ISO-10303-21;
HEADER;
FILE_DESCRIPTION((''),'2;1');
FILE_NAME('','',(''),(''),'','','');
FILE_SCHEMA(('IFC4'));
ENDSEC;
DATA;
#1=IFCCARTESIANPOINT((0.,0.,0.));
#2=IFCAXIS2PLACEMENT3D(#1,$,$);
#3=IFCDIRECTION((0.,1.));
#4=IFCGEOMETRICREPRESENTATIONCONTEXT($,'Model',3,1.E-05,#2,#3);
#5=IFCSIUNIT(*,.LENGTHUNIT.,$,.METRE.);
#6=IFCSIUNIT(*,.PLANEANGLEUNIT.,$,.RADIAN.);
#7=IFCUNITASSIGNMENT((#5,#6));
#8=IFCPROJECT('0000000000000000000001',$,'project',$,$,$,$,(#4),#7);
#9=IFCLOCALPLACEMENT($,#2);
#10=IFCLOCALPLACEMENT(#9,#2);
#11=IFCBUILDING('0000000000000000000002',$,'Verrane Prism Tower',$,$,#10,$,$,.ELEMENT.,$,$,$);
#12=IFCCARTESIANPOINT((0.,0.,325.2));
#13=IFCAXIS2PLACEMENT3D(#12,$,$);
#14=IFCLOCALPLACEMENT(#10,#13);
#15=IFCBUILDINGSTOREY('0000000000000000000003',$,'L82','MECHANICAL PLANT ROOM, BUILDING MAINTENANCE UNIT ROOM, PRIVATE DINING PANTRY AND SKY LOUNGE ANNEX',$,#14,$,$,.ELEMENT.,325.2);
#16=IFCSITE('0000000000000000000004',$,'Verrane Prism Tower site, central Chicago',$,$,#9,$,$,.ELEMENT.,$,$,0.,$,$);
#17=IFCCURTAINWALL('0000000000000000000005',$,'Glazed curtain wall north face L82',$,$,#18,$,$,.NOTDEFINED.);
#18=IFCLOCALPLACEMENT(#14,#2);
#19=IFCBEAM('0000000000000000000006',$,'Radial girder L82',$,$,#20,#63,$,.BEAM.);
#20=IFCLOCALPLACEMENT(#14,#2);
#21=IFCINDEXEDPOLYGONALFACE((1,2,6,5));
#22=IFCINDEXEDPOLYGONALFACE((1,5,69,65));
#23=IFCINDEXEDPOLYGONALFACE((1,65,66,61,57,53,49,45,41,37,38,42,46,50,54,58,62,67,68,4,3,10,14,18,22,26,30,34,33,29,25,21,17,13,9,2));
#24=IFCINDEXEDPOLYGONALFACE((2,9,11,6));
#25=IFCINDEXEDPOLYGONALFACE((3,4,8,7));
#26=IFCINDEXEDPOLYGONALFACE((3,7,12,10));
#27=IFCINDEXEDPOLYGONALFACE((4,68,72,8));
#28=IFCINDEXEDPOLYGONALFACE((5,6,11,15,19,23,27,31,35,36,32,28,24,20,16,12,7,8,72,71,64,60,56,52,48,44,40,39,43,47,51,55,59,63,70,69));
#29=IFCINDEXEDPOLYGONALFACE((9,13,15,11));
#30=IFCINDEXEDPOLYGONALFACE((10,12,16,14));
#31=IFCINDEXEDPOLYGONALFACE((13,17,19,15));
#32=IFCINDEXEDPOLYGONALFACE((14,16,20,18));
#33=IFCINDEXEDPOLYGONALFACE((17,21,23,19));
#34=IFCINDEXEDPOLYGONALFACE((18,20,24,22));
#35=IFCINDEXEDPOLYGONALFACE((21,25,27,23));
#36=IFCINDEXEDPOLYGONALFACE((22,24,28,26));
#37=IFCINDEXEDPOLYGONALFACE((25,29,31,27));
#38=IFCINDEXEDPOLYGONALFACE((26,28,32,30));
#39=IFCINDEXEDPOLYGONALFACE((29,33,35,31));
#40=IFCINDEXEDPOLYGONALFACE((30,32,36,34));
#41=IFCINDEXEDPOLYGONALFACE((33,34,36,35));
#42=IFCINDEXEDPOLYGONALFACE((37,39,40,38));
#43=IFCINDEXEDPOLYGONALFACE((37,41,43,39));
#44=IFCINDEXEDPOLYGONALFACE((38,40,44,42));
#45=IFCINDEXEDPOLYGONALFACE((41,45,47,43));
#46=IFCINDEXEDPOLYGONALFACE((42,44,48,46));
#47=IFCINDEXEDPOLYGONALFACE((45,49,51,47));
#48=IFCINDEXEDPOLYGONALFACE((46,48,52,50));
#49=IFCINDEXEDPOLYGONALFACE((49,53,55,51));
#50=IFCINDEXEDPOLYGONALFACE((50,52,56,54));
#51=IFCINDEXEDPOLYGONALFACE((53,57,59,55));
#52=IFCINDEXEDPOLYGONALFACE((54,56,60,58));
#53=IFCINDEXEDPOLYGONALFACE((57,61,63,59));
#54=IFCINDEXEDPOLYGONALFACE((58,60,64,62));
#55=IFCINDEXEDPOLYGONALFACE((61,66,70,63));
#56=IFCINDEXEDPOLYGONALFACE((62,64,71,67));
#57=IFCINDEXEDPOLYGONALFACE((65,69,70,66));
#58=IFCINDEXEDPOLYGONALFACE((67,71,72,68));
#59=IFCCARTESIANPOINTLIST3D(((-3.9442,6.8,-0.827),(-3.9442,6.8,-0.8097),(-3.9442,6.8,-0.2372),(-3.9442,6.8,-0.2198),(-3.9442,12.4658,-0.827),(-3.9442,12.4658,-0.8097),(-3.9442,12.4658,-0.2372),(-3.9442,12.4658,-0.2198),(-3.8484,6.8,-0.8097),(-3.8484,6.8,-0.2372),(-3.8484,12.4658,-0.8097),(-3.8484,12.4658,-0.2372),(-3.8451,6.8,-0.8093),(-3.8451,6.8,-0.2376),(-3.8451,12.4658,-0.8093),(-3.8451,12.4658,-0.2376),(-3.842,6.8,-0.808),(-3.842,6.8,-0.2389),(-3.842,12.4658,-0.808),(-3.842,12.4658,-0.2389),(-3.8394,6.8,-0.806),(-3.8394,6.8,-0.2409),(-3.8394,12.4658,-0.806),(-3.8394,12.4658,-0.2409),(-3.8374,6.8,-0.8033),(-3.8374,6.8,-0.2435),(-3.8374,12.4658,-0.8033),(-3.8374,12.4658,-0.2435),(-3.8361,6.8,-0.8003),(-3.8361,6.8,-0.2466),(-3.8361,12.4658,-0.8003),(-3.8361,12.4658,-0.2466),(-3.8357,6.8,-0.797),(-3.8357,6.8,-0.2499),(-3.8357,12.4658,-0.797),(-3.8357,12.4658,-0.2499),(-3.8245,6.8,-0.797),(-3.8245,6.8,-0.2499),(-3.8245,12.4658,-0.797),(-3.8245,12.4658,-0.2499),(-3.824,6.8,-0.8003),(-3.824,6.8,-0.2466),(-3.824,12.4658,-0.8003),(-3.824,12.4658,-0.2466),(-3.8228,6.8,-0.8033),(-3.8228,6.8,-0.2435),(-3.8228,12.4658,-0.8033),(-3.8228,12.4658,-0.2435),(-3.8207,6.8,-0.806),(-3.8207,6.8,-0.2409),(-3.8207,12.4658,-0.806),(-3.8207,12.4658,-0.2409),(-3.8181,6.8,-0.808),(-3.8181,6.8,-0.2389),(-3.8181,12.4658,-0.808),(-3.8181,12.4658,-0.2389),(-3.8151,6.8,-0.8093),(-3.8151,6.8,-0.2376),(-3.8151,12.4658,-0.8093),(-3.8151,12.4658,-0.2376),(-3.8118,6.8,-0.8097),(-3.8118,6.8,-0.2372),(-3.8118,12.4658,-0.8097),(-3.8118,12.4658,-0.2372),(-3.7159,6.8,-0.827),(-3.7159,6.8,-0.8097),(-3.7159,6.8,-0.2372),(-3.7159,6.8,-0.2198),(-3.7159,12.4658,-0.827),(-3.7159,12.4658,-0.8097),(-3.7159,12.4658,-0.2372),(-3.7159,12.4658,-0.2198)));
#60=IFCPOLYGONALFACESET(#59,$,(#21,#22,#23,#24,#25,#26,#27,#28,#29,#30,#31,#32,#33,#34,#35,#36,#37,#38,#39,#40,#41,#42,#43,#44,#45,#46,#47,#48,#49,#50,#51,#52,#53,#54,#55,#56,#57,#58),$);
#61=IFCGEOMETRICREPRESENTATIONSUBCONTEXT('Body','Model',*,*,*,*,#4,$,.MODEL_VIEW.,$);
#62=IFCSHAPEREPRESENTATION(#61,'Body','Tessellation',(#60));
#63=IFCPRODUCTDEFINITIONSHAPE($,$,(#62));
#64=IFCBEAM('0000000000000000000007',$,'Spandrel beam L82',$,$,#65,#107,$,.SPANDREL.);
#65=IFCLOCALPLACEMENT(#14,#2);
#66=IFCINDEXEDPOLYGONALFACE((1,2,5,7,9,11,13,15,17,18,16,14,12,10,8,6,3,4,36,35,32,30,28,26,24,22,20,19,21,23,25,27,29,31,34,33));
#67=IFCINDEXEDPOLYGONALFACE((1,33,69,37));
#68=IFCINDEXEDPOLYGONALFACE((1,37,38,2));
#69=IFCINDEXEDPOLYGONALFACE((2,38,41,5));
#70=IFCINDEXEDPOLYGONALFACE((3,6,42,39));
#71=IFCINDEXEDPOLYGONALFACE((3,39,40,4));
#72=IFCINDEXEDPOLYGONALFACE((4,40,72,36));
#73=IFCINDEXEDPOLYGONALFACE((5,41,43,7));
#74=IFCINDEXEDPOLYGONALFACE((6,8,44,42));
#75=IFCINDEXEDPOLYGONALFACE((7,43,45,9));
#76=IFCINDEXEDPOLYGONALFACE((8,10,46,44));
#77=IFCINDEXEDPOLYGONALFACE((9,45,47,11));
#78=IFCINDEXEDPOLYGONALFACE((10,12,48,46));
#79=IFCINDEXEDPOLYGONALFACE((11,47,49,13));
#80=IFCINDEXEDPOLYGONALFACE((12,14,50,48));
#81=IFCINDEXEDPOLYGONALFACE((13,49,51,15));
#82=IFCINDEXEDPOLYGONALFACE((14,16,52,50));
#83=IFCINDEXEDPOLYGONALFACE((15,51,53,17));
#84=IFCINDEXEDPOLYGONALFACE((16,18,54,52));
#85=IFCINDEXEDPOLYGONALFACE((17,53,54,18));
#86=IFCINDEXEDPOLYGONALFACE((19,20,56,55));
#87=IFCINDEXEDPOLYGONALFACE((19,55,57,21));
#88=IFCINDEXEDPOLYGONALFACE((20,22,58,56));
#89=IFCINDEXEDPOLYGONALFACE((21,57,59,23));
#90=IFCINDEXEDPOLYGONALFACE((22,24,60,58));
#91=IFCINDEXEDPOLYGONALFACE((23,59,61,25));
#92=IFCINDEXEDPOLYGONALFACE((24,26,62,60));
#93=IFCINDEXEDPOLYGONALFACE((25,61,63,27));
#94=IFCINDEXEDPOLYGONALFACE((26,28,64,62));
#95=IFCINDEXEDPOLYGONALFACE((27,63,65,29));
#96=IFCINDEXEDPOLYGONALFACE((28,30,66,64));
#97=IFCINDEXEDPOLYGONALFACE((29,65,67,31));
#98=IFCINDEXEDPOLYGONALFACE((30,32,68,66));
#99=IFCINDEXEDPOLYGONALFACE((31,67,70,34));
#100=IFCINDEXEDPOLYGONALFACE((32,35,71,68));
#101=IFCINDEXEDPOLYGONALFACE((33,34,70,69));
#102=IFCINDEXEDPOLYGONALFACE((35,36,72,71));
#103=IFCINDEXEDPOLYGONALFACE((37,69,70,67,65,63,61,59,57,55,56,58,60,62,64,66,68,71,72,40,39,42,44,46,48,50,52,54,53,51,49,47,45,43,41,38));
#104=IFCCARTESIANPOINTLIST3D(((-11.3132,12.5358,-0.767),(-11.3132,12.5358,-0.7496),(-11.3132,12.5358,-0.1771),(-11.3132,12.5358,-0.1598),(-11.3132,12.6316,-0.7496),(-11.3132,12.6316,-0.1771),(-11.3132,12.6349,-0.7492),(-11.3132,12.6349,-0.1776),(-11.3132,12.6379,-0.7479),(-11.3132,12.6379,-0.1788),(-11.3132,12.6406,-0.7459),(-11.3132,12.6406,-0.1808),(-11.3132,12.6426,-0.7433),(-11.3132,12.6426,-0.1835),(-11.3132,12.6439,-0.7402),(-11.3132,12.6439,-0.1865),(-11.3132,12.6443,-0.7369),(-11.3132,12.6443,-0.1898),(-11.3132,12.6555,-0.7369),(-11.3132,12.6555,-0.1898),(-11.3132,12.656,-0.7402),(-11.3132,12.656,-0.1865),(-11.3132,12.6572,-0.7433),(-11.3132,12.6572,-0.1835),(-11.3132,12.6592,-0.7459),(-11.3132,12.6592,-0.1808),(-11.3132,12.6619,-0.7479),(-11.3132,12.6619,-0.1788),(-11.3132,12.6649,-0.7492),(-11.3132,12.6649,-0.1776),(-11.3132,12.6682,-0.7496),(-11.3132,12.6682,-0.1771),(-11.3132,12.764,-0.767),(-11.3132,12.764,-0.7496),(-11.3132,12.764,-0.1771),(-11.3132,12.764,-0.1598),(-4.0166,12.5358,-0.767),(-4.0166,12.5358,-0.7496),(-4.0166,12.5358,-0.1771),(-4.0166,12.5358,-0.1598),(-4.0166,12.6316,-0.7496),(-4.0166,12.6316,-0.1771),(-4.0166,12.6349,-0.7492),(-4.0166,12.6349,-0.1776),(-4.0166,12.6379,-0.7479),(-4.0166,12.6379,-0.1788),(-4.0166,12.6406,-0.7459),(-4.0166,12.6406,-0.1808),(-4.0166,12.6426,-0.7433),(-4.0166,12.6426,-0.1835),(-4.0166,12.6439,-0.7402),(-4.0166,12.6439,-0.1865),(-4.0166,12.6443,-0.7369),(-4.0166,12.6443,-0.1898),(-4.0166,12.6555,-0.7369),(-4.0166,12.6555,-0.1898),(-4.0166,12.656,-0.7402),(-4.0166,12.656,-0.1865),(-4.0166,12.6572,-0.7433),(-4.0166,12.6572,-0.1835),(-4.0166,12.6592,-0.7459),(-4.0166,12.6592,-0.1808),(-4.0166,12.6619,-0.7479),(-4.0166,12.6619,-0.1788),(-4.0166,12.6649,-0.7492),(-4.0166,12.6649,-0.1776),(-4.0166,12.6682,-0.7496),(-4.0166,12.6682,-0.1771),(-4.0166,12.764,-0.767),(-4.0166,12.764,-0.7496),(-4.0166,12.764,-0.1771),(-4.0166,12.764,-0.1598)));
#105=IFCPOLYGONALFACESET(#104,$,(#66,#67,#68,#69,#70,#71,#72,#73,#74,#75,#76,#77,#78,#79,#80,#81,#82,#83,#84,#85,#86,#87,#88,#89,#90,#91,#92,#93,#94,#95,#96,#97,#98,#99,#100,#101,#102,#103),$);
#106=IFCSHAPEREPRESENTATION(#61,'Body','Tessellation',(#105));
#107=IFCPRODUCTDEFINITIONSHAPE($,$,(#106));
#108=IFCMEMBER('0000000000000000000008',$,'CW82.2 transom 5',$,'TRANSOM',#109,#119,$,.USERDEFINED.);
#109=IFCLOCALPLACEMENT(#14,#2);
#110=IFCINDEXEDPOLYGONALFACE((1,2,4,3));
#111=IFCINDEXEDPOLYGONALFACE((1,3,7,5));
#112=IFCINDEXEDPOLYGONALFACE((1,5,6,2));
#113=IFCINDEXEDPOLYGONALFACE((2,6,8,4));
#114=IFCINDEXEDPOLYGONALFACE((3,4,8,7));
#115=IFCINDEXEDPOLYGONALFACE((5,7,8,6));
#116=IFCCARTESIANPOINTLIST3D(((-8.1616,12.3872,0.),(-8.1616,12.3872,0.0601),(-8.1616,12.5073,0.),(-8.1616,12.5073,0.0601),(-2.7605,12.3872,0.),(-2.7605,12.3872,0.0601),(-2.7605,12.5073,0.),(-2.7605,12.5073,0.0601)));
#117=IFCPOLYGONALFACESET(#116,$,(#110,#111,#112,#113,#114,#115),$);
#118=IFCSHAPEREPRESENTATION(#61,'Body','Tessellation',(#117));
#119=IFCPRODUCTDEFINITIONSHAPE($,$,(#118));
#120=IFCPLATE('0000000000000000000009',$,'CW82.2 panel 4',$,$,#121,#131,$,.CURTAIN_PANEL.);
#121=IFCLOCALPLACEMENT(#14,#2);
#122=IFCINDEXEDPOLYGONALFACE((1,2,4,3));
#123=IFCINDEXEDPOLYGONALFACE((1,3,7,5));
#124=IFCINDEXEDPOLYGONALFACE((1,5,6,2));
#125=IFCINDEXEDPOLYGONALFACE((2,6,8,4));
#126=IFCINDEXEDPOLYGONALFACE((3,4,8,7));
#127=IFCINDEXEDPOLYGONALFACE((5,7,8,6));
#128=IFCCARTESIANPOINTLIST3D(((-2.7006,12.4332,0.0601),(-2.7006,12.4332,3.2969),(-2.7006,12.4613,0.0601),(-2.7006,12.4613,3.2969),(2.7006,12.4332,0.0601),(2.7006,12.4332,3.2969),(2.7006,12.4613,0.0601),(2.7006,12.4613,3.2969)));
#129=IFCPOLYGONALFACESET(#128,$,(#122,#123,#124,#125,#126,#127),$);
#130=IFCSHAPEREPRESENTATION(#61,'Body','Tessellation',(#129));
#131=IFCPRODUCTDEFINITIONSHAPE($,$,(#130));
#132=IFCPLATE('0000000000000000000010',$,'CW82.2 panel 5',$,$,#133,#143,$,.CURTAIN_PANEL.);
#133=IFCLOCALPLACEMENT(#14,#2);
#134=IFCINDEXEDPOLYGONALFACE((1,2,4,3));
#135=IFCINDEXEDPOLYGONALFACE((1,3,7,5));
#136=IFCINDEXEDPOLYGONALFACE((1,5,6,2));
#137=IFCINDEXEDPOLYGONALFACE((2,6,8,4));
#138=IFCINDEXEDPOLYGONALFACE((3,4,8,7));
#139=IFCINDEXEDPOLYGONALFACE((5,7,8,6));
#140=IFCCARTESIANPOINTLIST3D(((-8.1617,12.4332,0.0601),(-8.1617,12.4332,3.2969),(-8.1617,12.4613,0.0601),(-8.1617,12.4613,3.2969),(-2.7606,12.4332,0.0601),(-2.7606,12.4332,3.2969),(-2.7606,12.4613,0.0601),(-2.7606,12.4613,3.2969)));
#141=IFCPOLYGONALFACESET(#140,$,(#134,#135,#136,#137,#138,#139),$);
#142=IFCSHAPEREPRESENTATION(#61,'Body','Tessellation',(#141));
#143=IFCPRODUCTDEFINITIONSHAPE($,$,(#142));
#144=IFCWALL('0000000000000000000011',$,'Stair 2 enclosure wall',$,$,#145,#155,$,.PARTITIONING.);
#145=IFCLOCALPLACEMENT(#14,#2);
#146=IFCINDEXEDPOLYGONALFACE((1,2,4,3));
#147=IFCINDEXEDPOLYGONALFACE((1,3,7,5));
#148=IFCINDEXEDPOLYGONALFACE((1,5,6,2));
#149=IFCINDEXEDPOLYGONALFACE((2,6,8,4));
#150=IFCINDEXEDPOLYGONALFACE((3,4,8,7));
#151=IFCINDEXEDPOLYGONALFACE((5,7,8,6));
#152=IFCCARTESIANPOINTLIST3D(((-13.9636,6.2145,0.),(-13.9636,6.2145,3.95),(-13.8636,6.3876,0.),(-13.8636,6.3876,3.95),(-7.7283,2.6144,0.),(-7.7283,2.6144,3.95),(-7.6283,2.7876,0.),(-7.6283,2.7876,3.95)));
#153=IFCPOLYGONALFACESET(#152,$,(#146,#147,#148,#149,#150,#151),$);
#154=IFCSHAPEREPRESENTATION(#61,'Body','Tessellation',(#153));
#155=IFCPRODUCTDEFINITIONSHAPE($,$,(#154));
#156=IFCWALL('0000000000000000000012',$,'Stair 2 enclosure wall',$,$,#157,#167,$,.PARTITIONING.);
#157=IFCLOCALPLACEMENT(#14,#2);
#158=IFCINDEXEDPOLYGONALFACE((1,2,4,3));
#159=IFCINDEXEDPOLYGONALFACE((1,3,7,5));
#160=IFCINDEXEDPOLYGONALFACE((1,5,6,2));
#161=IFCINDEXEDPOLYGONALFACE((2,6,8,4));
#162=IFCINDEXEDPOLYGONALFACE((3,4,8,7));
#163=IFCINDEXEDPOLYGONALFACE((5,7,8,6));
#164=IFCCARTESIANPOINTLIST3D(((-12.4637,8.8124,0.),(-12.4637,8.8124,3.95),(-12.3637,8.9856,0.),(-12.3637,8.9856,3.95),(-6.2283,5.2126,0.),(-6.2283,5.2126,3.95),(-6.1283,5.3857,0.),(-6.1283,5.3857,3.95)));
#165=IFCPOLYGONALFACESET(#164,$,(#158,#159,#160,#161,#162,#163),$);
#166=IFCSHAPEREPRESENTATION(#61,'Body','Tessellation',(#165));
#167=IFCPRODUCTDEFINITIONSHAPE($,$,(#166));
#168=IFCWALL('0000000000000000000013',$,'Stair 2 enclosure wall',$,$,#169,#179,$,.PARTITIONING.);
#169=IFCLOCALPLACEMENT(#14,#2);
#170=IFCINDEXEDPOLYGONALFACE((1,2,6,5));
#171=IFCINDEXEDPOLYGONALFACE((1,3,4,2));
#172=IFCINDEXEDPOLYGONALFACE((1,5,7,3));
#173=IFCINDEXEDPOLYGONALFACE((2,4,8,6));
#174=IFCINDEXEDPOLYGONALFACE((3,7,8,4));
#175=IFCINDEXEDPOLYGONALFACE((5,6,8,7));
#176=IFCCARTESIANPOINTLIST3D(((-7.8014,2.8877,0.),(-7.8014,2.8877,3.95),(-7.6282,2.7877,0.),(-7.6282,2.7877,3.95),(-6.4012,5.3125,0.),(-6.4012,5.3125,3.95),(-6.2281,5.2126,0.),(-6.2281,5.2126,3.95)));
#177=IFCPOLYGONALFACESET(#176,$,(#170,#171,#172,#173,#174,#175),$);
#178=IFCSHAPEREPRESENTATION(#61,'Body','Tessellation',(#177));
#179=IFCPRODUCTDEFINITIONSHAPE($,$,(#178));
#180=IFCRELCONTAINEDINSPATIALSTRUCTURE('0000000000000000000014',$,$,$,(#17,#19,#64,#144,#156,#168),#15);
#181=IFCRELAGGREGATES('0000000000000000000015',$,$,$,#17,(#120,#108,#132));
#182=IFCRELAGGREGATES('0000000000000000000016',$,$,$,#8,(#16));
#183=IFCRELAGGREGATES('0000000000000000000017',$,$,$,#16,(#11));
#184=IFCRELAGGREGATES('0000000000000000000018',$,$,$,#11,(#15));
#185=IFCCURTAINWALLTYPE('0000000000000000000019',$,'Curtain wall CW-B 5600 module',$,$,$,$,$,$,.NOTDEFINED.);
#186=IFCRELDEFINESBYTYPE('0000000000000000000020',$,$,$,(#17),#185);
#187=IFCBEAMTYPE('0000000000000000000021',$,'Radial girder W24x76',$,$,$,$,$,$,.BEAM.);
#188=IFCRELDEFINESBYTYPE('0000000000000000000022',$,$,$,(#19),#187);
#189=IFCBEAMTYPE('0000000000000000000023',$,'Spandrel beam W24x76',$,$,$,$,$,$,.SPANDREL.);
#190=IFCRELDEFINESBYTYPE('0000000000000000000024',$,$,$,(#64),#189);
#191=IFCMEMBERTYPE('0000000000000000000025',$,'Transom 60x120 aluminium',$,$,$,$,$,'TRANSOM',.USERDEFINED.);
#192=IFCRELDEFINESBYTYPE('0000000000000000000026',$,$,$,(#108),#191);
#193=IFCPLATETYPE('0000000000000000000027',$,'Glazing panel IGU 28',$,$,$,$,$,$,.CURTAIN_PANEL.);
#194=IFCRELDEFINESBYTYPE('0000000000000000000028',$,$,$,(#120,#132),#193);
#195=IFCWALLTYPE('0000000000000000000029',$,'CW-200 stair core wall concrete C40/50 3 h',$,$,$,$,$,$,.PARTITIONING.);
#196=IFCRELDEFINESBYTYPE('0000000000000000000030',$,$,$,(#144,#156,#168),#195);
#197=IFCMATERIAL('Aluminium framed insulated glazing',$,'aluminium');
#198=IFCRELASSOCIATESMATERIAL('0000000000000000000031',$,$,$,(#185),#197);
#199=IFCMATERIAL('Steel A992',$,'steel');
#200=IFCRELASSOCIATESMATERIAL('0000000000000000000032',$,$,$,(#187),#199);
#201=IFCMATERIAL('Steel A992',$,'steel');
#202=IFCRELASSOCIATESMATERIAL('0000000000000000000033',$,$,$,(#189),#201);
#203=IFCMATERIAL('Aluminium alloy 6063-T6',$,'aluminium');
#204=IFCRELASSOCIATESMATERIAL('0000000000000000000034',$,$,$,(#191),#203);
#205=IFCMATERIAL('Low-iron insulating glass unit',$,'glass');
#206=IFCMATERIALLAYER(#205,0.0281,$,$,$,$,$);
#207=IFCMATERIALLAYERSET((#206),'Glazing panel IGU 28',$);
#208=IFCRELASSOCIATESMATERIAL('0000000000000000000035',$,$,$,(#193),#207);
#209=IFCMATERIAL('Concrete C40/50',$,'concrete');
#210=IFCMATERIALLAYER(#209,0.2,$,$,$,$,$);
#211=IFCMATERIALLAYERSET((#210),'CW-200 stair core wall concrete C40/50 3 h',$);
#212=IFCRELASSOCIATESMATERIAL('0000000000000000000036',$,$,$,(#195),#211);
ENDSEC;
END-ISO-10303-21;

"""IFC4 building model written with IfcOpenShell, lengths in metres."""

from ifc_helpers import new_model, si_unit, direction, frame, frame_2d, origin, origin_2d, place, context, subcontext, project, spatial, rectangle, i_section, extrude, material, layer, layer_set, material_profile, profile_set, type_object, element, aggregate, save


model = new_model("IFC4")

# Units and contexts
model_context = context("Model", 3, precision=1e-05, world=origin(), true_north=direction((0.0, 1.0)))
body_context = subcontext(model_context, "Body", "Model", "MODEL_VIEW")
ifc_project = project(units=[si_unit("LENGTHUNIT", "METRE"), si_unit("PLANEANGLEUNIT", "RADIAN")], contexts=[model_context])

# Site, building, storey
site_placement = place(None, origin())
site = spatial("IfcSite", under=ifc_project, at=site_placement, Name="Verrane Prism Tower site, central Chicago", CompositionType="ELEMENT", RefElevation=0.0)
building_placement = place(site_placement, origin())
building = spatial("IfcBuilding", under=site, at=building_placement, Name="Verrane Prism Tower", CompositionType="ELEMENT")
storey_placement = place(building_placement, frame((0.0, 0.0, 325.2)))
storey = spatial("IfcBuildingStorey", under=building, at=storey_placement, Name="L82", Description="MECHANICAL PLANT ROOM, BUILDING MAINTENANCE UNIT ROOM, PRIVATE DINING PANTRY AND SKY LOUNGE ANNEX", CompositionType="ELEMENT", Elevation=325.2)

# Curtain wall
ifc_material_1 = material(Name="Aluminium framed insulated glazing", Category="aluminium")
curtain_wall_type = type_object("IfcCurtainWallType", Name="Curtain wall CW-B 5600 module", PredefinedType="NOTDEFINED", material=ifc_material_1)
curtain_wall_placement = place(storey_placement, origin())
curtain_wall = element("IfcCurtainWall", 1, at=curtain_wall_placement, inside=storey, type_object=curtain_wall_type, Name="Glazed curtain wall north face L82", PredefinedType="NOTDEFINED")

# Beams
ifc_material_2 = material(Name="Steel A992", Category="steel")
ifc_material_profile_1 = material_profile(ifc_material_2, i_section(OverallWidth=0.2283, OverallDepth=0.6072, WebThickness=0.0112, FlangeThickness=0.0173, FilletRadius=0.0127, at=origin_2d()), Name="W24x76")
ifc_profile_set_1 = profile_set([ifc_material_profile_1], Name="Steel A992")
beam_type_1 = type_object("IfcBeamType", Name="Radial girder W24x76", PredefinedType="BEAM", material=ifc_profile_set_1)
beam_1_placement = place(storey_placement, frame((-3.8301, 12.4658, -0.5234), z_axis=(0.0, -1.0, 0.0), x_axis=(1.0, 0.0, 0.0)))
element("IfcBeam", 2, at=beam_1_placement, inside=storey, type_object=beam_type_1, Name="Radial girder L82", PredefinedType="BEAM", context=body_context, shape_type="SweptSolid", body=[
    extrude(i_section(OverallWidth=0.2283, OverallDepth=0.6072, WebThickness=0.0112, FlangeThickness=0.0173, FilletRadius=0.0127, at=origin_2d()), origin(), (0.0, 0.0, 1.0), 5.6658),
])
ifc_material_3 = material(Name="Steel A992", Category="steel")
ifc_material_profile_2 = material_profile(ifc_material_3, i_section(OverallWidth=0.2283, OverallDepth=0.6072, WebThickness=0.0112, FlangeThickness=0.0173, FilletRadius=0.0127, at=origin_2d()), Name="W24x76")
ifc_profile_set_2 = profile_set([ifc_material_profile_2], Name="Steel A992")
beam_type_2 = type_object("IfcBeamType", Name="Spandrel beam W24x76", PredefinedType="SPANDREL", material=ifc_profile_set_2)
beam_2_placement = place(storey_placement, frame((-4.0166, 12.6499, -0.4634), z_axis=(-1.0, 0.0, 0.0), x_axis=(0.0, -1.0, 0.0)))
element("IfcBeam", 3, at=beam_2_placement, inside=storey, type_object=beam_type_2, Name="Spandrel beam L82", PredefinedType="SPANDREL", context=body_context, shape_type="SweptSolid", body=[
    extrude(i_section(OverallWidth=0.2283, OverallDepth=0.6072, WebThickness=0.0112, FlangeThickness=0.0173, FilletRadius=0.0127, at=origin_2d()), origin(), (0.0, 0.0, 1.0), 7.2966),
])

# Member
ifc_material_4 = material(Name="Aluminium alloy 6063-T6", Category="aluminium")
ifc_material_profile_3 = material_profile(ifc_material_4, rectangle(XDim=0.1201, YDim=0.0601, at=origin_2d()), Name="Transom 60x120 aluminium")
ifc_profile_set_3 = profile_set([ifc_material_profile_3], Name="Aluminium alloy 6063-T6")
member_type_1 = type_object("IfcMemberType", Name="Transom 60x120 aluminium", ElementType="TRANSOM", PredefinedType="USERDEFINED", material=ifc_profile_set_3)
member_1_placement = place(storey_placement, frame((-2.7605, 12.4473, 0.03), z_axis=(-1.0, 0.0, 0.0), x_axis=(0.0, -1.0, 0.0)))
member_1 = element("IfcMember", 4, at=member_1_placement, type_object=member_type_1, Name="CW82.2 transom 5", ObjectType="TRANSOM", PredefinedType="USERDEFINED", context=body_context, shape_type="SweptSolid", body=[
    extrude(rectangle(XDim=0.1201, YDim=0.0601, at=origin_2d()), origin(), (0.0, 0.0, 1.0), 5.4011),
])

# Plates
ifc_material_5 = material(Name="Low-iron insulating glass unit", Category="glass")
ifc_layer_1 = layer(ifc_material_5, 0.0281)
ifc_layer_set_1 = layer_set([ifc_layer_1], Name="Glazing panel IGU 28")
plate_type = type_object("IfcPlateType", Name="Glazing panel IGU 28", PredefinedType="CURTAIN_PANEL", material=ifc_layer_set_1)
plate_1_placement = place(storey_placement, frame((0.0, 12.4473, 0.0601), z_axis=(0.0, 0.0, 1.0), x_axis=(-1.0, 0.0, 0.0)))
plate_1 = element("IfcPlate", 5, at=plate_1_placement, type_object=plate_type, Name="CW82.2 panel 4", PredefinedType="CURTAIN_PANEL", context=body_context, shape_type="SweptSolid", body=[
    extrude(rectangle(XDim=5.4011, YDim=0.0281, at=origin_2d()), origin(), (0.0, 0.0, 1.0), 3.2368),
])
plate_2_placement = place(storey_placement, frame((-5.4612, 12.4473, 0.0601), z_axis=(0.0, 0.0, 1.0), x_axis=(-1.0, 0.0, 0.0)))
plate_2 = element("IfcPlate", 6, at=plate_2_placement, type_object=plate_type, Name="CW82.2 panel 5", PredefinedType="CURTAIN_PANEL", context=body_context, shape_type="SweptSolid", body=[
    extrude(rectangle(XDim=5.4011, YDim=0.0281, at=origin_2d()), origin(), (0.0, 0.0, 1.0), 3.2368),
])
aggregate(curtain_wall, [plate_1, member_1, plate_2])

# Walls
ifc_material_6 = material(Name="Concrete C40/50", Category="concrete")
ifc_layer_2 = layer(ifc_material_6, 0.2)
ifc_layer_set_2 = layer_set([ifc_layer_2], Name="CW-200 stair core wall concrete C40/50 3 h")
wall_type_1 = type_object("IfcWallType", Name="CW-200 stair core wall concrete C40/50 3 h", PredefinedType="PARTITIONING", material=ifc_layer_set_2)
for number, where, z_axis, x_axis, name in (
    (7, (-7.6782, 2.7009, 0.0), (0.0, 0.0, 1.0), (-0.866018, 0.500012, 0.0), "Stair 2 enclosure wall"),
    (8, (-6.1782, 5.2991, 0.0), (0.0, 0.0, 1.0), (-0.866033, 0.499987, 0.0), "Stair 2 enclosure wall"),
):
    element("IfcWall", number, at=place(storey_placement, frame(where, z_axis=z_axis, x_axis=x_axis)), inside=storey, type_object=wall_type_1, Name=name, PredefinedType="PARTITIONING", context=body_context, shape_type="SweptSolid", body=[
        extrude(rectangle(XDim=7.2, YDim=0.2, at=frame_2d((3.6001, 0.0))), origin(), (0.0, 0.0, 1.0), 3.95),
    ])
wall_1_placement = place(storey_placement, frame((-6.3147, 5.2625, 0.0), z_axis=(0.0, 0.0, 1.0), x_axis=(-0.50005, -0.865997, 0.0)))
element("IfcWall", 9, at=wall_1_placement, inside=storey, type_object=wall_type_1, Name="Stair 2 enclosure wall", PredefinedType="PARTITIONING", context=body_context, shape_type="SweptSolid", body=[
    extrude(rectangle(XDim=2.8, YDim=0.2, at=frame_2d((1.3999, 0.0))), origin(), (0.0, 0.0, 1.0), 3.95),
])

save(model, "model.ifc")
